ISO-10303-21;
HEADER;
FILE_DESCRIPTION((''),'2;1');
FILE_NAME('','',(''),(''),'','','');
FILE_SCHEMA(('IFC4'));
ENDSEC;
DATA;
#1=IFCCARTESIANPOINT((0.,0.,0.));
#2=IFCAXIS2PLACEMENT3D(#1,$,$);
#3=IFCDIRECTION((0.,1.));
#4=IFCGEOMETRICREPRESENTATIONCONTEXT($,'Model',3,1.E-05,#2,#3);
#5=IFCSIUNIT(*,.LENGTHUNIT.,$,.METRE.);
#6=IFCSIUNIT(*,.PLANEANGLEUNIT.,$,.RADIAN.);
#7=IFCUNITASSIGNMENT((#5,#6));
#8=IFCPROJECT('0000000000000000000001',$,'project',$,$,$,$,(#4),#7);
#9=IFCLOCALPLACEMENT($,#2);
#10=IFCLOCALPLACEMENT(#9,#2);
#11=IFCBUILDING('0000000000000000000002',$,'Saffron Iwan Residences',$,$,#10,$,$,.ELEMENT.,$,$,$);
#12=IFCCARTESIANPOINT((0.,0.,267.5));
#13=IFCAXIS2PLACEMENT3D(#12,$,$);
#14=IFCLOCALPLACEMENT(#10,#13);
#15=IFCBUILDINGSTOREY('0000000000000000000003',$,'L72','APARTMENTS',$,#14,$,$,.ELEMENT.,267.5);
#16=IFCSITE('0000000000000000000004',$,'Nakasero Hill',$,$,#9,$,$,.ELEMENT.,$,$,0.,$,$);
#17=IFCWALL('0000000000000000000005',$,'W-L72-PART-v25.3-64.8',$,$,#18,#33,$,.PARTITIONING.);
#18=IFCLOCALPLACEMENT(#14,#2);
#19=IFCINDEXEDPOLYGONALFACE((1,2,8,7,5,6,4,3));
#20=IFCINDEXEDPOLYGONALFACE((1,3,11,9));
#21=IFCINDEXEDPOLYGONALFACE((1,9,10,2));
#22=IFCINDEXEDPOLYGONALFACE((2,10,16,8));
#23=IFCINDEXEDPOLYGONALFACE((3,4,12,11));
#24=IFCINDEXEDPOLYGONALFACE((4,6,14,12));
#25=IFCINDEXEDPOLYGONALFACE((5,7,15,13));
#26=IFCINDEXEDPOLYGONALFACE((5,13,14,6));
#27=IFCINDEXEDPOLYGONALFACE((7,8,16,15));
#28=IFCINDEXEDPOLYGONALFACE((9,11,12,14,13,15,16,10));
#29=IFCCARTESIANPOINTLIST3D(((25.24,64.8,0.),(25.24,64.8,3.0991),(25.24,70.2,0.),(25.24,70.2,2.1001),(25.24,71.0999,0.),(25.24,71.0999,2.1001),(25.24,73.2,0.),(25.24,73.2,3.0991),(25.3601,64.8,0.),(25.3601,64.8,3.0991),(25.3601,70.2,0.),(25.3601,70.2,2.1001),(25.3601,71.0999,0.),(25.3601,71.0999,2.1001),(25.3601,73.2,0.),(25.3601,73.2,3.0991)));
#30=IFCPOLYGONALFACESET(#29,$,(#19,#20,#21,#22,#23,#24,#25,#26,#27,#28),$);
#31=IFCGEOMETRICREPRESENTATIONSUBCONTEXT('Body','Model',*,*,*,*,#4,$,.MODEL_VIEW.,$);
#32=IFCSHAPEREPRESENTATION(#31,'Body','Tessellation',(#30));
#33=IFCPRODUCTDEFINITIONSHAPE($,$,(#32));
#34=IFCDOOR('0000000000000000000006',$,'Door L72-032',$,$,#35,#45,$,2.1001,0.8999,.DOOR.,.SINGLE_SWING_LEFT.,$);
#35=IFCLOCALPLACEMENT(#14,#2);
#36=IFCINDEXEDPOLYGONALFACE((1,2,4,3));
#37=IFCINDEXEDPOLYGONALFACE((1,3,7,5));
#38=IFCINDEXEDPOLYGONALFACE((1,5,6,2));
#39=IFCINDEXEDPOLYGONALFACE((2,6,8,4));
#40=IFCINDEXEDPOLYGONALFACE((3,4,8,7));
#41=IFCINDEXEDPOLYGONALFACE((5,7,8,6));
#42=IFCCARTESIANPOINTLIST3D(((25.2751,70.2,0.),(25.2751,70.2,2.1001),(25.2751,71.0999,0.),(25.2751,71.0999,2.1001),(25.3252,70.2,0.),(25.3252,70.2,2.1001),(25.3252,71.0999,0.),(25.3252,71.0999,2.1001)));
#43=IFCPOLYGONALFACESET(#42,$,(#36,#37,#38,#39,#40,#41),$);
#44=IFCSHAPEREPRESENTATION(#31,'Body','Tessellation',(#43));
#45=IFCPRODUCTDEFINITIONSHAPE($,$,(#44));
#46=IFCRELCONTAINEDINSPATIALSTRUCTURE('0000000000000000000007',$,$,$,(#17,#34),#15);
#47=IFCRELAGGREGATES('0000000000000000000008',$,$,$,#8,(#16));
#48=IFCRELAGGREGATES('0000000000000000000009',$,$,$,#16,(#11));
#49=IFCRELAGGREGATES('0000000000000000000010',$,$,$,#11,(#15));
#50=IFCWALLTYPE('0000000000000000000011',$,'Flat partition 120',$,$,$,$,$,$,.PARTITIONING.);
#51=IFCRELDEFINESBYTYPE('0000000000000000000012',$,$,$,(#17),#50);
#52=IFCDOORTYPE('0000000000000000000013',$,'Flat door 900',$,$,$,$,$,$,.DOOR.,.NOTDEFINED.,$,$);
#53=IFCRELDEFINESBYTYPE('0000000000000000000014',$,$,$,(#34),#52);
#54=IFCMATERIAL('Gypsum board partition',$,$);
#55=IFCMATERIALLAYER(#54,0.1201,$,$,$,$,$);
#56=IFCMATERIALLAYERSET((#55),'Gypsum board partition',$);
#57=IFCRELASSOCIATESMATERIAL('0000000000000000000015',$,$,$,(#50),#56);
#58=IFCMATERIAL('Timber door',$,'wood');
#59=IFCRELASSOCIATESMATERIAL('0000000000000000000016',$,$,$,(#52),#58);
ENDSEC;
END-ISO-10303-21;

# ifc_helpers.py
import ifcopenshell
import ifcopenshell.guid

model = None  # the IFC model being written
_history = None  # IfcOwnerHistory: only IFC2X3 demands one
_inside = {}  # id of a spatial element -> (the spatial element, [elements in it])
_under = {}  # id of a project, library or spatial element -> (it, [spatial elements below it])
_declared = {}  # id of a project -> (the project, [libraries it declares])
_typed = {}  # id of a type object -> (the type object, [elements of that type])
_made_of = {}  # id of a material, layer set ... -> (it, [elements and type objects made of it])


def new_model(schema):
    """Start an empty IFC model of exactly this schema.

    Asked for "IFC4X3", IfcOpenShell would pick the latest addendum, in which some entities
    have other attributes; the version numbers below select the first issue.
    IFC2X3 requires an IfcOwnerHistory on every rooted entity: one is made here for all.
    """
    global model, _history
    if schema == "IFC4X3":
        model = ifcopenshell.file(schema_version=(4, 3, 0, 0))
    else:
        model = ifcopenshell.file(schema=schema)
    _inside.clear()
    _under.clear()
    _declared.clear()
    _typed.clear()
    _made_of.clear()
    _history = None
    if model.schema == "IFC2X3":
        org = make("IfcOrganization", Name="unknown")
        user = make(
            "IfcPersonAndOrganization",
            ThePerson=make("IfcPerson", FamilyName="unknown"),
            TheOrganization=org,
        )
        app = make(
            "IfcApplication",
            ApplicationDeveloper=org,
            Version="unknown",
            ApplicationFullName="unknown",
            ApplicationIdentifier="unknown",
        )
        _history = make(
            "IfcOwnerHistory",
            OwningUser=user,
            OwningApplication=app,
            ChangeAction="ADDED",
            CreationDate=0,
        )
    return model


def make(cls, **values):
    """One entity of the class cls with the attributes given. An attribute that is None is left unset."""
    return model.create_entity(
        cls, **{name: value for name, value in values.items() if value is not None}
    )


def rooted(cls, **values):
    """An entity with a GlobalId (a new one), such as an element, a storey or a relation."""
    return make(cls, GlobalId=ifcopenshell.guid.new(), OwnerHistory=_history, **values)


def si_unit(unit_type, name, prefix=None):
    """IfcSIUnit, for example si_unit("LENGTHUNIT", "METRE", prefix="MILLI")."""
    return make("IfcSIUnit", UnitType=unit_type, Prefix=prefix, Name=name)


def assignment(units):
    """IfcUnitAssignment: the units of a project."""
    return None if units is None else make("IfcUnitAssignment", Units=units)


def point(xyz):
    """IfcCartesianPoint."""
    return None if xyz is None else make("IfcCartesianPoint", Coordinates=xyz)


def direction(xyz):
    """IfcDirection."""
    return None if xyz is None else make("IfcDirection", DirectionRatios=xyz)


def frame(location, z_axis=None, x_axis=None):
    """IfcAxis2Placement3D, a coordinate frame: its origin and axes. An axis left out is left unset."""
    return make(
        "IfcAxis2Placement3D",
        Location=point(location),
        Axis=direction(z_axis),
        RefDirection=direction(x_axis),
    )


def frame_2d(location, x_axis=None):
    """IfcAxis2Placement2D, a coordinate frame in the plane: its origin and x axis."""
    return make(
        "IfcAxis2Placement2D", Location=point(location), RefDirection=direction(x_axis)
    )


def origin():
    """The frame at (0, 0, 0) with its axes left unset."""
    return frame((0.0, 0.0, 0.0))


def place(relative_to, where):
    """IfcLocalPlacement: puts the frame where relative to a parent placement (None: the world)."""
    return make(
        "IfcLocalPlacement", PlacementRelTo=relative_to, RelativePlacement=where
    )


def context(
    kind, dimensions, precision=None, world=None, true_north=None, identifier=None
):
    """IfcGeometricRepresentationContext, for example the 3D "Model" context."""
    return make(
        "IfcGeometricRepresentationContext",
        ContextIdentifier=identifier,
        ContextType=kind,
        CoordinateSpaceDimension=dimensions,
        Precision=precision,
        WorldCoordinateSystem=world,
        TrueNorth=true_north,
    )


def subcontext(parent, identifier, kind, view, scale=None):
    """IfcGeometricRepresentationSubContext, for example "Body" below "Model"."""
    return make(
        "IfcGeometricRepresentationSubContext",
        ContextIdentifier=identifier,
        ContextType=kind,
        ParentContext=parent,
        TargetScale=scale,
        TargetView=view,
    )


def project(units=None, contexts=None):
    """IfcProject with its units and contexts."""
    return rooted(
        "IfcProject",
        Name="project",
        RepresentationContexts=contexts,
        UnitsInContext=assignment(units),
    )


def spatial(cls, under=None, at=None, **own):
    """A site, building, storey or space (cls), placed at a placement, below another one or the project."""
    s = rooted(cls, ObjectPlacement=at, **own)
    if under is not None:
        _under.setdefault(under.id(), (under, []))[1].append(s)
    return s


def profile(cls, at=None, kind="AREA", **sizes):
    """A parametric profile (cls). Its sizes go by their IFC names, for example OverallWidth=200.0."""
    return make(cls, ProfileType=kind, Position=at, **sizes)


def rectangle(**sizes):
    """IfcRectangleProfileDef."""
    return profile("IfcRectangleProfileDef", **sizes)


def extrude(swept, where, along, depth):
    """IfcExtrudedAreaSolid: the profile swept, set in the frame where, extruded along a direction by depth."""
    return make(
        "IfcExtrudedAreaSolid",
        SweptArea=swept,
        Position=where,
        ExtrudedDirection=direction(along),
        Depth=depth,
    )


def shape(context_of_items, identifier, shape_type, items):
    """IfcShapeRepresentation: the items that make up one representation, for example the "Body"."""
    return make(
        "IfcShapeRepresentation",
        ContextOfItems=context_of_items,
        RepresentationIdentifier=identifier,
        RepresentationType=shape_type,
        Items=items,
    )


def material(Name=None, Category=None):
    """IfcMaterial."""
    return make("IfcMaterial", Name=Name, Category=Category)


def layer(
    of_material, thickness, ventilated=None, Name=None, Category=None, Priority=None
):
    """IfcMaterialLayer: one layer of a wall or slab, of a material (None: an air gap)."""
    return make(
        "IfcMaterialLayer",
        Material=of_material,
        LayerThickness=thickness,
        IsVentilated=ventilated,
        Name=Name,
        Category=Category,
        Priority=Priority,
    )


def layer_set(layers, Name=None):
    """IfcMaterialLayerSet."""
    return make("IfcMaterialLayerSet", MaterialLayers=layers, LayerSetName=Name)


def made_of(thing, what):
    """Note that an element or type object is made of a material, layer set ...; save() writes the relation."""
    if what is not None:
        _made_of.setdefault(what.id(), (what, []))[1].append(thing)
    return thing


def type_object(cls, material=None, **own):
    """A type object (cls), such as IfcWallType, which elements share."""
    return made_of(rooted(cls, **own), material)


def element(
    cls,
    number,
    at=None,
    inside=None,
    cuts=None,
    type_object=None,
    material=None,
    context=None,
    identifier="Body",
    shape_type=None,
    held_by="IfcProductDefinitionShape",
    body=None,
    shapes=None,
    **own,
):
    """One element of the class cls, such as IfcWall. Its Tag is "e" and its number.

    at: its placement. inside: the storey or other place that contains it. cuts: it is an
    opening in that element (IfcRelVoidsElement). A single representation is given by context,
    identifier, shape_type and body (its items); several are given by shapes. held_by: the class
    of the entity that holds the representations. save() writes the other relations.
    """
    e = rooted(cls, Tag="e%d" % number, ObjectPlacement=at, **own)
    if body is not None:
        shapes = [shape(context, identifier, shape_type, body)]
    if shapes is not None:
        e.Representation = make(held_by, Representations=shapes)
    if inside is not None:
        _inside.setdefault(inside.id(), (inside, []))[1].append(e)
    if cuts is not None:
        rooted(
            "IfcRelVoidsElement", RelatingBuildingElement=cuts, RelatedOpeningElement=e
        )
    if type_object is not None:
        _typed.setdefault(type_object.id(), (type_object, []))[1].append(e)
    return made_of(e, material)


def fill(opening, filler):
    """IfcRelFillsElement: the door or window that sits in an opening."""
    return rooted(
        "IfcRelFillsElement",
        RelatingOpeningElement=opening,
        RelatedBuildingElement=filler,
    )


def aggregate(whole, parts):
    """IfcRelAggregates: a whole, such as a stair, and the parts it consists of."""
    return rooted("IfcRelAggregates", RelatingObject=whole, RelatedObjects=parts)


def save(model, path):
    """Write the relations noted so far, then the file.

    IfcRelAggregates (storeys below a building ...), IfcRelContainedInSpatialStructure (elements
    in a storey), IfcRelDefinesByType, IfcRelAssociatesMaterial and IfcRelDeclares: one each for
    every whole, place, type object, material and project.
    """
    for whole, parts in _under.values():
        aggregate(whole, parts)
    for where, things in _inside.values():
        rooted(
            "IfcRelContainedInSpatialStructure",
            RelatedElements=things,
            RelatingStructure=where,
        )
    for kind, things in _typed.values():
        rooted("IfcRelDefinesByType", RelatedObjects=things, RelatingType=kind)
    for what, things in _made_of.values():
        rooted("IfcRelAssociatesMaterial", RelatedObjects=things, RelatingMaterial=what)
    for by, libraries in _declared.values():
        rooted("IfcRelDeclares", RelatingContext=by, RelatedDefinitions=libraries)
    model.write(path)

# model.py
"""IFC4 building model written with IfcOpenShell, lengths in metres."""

from ifc_helpers import new_model, si_unit, direction, frame, frame_2d, origin, place, context, subcontext, project, spatial, rectangle, extrude, material, layer, layer_set, type_object, element, fill, save


model = new_model("IFC4")

# Units and contexts
model_context = context("Model", 3, precision=1e-05, world=origin(), true_north=direction((0.0, 1.0)))
body_context = subcontext(model_context, "Body", "Model", "MODEL_VIEW")
ifc_project = project(units=[si_unit("LENGTHUNIT", "METRE"), si_unit("PLANEANGLEUNIT", "RADIAN")], contexts=[model_context])

# Site, building, storey
site_placement = place(None, origin())
site = spatial("IfcSite", under=ifc_project, at=site_placement, Name="Nakasero Hill", CompositionType="ELEMENT", RefElevation=0.0)
building_placement = place(site_placement, origin())
building = spatial("IfcBuilding", under=site, at=building_placement, Name="Saffron Iwan Residences", CompositionType="ELEMENT")
storey_placement = place(building_placement, frame((0.0, 0.0, 267.5)))
storey = spatial("IfcBuildingStorey", under=building, at=storey_placement, Name="L72", Description="APARTMENTS", CompositionType="ELEMENT", Elevation=267.5)

# Shared definitions
ifc_material_1 = material(Name="Gypsum board partition")
ifc_layer_1 = layer(ifc_material_1, 0.1201)
ifc_layer_set_1 = layer_set([ifc_layer_1], Name="Gypsum board partition")
wall_type_1 = type_object("IfcWallType", Name="Flat partition 120", PredefinedType="PARTITIONING", material=ifc_layer_set_1)
ifc_material_2 = material(Name="Timber door", Category="wood")
door_type_1 = type_object("IfcDoorType", Name="Flat door 900", OperationType="NOTDEFINED", PredefinedType="DOOR", material=ifc_material_2)

# Wall, opening, door
wall_1_placement = place(storey_placement, frame((25.3, 64.8, 0.0), z_axis=(0.0, 0.0, 1.0), x_axis=(0.0, 1.0, 0.0)))
wall_1 = element("IfcWall", 1, at=wall_1_placement, inside=storey, type_object=wall_type_1, Name="W-L72-PART-v25.3-64.8", PredefinedType="PARTITIONING", context=body_context, shape_type="SweptSolid", body=[
    extrude(rectangle(XDim=8.3999, YDim=0.1201, at=frame_2d((4.2, 0.0))), origin(), (0.0, 0.0, 1.0), 3.0991),
])
opening_1_placement = place(wall_1_placement, frame((5.3999, 0.0, 0.0)))
opening_1 = element("IfcOpeningElement", 2, at=opening_1_placement, cuts=wall_1, PredefinedType="OPENING", context=body_context, shape_type="SweptSolid", body=[
    extrude(rectangle(XDim=0.8999, YDim=2.1001, at=frame_2d((0.45, 1.05))), frame((0.0, 0.0701, 0.0), z_axis=(0.0, -1.0, 0.0), x_axis=(1.0, 0.0, 0.0)), (0.0, 0.0, 1.0), 0.1401),
])
door_1_placement = place(opening_1_placement, origin())
door_1 = element("IfcDoor", 3, at=door_1_placement, inside=storey, type_object=door_type_1, Name="Door L72-032", OperationType="SINGLE_SWING_LEFT", OverallHeight=2.1001, OverallWidth=0.8999, PredefinedType="DOOR", context=body_context, shape_type="SweptSolid", body=[
    extrude(rectangle(XDim=0.8999, YDim=2.1001, at=frame_2d((0.45, 1.05))), frame((0.0, 0.0249, 0.0), z_axis=(0.0, -1.0, 0.0), x_axis=(1.0, 0.0, 0.0)), (0.0, 0.0, 1.0), 0.05),
])
fill(opening_1, door_1)

save(model, "model.ifc")
